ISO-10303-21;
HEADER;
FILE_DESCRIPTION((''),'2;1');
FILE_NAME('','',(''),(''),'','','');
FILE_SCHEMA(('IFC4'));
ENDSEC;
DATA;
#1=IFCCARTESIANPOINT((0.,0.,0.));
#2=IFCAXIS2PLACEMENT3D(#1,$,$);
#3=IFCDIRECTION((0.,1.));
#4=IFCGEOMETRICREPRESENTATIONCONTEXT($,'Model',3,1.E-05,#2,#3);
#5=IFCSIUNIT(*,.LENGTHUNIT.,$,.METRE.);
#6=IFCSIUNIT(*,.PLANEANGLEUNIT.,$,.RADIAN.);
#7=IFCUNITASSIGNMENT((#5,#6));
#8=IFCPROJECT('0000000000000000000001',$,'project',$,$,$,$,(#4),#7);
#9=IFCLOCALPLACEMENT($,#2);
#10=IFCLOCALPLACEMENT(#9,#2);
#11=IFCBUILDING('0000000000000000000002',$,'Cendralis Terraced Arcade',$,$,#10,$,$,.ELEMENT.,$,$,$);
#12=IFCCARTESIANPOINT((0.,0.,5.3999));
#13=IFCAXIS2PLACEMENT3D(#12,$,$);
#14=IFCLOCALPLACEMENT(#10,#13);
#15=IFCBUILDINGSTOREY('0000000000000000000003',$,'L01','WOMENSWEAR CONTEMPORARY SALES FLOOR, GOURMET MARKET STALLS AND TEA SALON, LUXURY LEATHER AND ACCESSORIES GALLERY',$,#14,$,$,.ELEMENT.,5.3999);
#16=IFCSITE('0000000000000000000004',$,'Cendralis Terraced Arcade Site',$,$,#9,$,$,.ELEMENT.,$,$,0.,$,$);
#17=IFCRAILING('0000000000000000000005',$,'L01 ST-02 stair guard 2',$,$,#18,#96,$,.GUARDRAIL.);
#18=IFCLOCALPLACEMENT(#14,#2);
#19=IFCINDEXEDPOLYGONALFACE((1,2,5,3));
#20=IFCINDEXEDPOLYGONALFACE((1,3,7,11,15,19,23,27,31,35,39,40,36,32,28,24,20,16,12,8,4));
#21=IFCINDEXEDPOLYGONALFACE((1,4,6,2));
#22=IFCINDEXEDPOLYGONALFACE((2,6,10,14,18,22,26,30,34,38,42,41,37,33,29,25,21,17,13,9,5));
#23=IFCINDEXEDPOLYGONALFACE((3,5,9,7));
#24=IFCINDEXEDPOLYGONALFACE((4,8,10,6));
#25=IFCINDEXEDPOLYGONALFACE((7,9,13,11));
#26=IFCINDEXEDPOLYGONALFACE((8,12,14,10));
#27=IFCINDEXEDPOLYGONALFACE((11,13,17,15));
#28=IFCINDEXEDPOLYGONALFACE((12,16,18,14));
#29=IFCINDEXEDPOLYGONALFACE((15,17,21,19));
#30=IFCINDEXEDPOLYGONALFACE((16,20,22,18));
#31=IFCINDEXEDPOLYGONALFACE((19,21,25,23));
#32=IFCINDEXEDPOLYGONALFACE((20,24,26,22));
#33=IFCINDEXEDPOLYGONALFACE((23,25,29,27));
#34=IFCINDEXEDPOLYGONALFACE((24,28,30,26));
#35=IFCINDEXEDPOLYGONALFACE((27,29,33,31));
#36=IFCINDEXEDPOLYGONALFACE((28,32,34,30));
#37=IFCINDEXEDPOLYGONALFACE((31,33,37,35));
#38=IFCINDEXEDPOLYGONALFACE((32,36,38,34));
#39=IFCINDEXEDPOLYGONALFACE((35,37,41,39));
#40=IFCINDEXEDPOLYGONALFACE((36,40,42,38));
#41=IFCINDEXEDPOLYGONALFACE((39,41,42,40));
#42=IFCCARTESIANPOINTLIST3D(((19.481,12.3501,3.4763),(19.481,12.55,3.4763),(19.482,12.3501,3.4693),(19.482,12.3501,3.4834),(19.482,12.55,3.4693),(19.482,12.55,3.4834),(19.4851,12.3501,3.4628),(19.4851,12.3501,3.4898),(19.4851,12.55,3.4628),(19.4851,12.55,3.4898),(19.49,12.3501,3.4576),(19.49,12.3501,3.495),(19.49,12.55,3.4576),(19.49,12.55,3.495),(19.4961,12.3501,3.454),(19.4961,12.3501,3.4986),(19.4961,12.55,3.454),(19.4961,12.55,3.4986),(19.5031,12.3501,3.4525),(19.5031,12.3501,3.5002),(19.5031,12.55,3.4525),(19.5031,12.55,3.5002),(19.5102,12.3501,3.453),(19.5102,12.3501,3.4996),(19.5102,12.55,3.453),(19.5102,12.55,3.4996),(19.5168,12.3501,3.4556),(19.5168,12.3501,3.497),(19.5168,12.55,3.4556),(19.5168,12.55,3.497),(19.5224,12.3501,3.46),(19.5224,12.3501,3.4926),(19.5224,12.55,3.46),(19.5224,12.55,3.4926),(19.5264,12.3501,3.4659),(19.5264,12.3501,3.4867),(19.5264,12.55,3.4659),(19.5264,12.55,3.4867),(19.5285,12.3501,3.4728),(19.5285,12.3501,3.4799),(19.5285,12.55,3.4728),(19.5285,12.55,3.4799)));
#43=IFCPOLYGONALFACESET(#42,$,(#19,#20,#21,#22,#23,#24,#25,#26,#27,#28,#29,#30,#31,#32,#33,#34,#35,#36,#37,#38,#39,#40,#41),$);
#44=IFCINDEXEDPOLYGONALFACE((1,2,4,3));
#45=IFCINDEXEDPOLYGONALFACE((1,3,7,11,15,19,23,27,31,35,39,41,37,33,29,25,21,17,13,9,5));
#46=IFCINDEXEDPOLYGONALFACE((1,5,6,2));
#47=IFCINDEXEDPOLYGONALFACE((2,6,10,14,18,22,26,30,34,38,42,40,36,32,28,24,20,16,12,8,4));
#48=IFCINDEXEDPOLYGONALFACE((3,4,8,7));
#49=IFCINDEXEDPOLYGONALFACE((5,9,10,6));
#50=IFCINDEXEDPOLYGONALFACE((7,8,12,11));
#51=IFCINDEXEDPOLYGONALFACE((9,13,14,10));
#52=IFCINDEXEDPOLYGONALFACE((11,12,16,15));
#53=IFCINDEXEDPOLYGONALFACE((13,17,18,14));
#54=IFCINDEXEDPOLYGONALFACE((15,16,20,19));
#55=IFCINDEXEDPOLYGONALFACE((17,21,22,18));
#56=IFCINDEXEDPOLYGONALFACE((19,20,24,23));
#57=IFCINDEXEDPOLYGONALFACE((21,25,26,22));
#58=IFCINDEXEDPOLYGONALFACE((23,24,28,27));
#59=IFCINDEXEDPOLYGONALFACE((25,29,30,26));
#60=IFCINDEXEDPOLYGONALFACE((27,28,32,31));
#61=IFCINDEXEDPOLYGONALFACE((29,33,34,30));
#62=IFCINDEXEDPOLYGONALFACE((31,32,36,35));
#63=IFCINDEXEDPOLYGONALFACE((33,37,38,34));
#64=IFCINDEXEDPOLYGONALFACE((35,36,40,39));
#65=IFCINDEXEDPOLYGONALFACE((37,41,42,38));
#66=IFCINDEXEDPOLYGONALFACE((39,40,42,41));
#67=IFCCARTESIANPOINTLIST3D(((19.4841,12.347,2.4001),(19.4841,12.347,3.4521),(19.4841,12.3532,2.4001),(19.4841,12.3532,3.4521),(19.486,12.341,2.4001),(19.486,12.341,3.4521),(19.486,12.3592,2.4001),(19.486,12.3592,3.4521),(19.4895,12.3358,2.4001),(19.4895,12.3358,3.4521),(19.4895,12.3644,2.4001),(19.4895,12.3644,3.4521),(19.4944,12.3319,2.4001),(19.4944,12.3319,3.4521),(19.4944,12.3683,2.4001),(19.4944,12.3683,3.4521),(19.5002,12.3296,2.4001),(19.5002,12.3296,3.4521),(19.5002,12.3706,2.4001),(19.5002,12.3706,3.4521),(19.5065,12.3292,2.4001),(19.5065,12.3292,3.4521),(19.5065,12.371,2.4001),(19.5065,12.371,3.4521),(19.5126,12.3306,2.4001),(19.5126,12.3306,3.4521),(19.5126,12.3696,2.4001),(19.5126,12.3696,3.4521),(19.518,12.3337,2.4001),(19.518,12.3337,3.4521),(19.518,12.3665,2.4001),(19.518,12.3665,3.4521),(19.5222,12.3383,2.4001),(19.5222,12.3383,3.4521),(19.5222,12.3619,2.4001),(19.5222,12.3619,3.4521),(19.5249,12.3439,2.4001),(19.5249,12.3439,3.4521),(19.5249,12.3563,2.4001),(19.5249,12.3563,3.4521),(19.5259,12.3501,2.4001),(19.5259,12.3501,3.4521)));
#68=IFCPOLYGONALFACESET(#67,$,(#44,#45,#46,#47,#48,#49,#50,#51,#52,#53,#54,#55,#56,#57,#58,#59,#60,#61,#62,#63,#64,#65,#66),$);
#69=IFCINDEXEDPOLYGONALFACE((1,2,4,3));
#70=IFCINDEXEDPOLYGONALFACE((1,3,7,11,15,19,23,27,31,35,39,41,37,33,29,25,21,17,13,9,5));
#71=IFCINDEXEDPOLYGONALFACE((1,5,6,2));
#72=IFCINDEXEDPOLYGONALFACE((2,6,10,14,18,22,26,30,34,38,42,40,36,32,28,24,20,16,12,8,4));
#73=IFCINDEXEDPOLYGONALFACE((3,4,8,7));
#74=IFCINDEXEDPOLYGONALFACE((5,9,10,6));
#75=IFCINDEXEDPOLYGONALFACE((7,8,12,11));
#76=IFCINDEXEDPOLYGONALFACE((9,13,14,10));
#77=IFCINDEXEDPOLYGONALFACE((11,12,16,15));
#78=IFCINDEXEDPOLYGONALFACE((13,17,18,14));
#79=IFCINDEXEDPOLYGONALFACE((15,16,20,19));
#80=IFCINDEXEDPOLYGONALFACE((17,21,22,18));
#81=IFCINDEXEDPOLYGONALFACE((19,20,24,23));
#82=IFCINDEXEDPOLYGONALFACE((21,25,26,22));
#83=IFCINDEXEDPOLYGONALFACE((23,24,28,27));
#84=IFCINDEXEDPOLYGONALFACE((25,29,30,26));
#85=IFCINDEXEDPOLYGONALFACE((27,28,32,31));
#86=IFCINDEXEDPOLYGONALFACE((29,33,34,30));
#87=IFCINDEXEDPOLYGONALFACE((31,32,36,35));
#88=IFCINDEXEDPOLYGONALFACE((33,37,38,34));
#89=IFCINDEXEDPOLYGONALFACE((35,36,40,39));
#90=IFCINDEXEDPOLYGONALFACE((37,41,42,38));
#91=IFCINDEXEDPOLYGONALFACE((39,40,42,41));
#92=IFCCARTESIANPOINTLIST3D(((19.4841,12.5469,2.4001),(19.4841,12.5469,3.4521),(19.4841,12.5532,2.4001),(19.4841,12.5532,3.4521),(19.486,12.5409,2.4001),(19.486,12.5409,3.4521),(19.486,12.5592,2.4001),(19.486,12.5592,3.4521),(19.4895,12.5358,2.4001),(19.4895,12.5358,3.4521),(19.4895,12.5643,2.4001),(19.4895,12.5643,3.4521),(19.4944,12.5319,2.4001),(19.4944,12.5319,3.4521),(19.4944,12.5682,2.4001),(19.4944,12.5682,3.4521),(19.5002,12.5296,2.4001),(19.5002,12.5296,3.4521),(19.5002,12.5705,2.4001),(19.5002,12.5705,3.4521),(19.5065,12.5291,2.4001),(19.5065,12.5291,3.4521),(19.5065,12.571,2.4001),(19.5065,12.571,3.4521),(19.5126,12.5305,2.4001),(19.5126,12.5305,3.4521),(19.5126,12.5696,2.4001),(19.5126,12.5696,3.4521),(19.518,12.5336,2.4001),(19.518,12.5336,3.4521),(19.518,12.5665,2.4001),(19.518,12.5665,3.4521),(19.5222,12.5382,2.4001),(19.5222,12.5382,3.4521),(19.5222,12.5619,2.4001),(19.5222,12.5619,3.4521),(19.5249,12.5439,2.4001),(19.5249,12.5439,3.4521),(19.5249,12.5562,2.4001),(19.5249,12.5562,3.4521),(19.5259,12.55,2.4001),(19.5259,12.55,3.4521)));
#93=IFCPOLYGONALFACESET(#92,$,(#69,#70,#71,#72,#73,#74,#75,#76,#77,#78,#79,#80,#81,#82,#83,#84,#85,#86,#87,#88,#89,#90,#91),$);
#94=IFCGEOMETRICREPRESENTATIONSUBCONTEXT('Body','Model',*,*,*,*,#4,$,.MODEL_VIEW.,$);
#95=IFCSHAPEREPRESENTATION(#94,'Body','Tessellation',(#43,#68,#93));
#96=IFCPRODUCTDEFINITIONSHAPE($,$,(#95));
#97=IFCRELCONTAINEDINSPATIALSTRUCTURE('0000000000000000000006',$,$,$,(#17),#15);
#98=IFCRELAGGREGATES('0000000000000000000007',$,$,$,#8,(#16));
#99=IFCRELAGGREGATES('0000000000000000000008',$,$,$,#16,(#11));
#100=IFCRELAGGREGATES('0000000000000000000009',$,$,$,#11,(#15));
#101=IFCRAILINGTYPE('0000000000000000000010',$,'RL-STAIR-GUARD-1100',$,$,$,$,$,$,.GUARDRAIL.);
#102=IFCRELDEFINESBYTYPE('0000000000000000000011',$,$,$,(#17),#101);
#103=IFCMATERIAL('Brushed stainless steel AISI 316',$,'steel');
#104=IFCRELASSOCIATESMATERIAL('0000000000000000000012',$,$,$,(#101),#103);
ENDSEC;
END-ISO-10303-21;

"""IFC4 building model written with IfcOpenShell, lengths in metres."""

from ifc_helpers import new_model, si_unit, direction, frame, origin, origin_2d, place, context, subcontext, project, spatial, circle, extrude, material, type_object, element, save


model = new_model("IFC4")

# Units and contexts
model_context = context("Model", 3, precision=1e-05, world=origin(), true_north=direction((0.0, 1.0)))
body_context = subcontext(model_context, "Body", "Model", "MODEL_VIEW")
ifc_project = project(units=[si_unit("LENGTHUNIT", "METRE"), si_unit("PLANEANGLEUNIT", "RADIAN")], contexts=[model_context])

# Site, building, storey
site_placement = place(None, origin())
site = spatial("IfcSite", under=ifc_project, at=site_placement, Name="Cendralis Terraced Arcade Site", CompositionType="ELEMENT", RefElevation=0.0)
building_placement = place(site_placement, origin())
building = spatial("IfcBuilding", under=site, at=building_placement, Name="Cendralis Terraced Arcade", CompositionType="ELEMENT")
storey_placement = place(building_placement, frame((0.0, 0.0, 5.3999)))
storey = spatial("IfcBuildingStorey", under=building, at=storey_placement, Name="L01", Description="WOMENSWEAR CONTEMPORARY SALES FLOOR, GOURMET MARKET STALLS AND TEA SALON, LUXURY LEATHER AND ACCESSORIES GALLERY", CompositionType="ELEMENT", Elevation=5.3999)

# Railing
ifc_material_1 = material(Name="Brushed stainless steel AISI 316", Category="steel")
railing_type_1 = type_object("IfcRailingType", Name="RL-STAIR-GUARD-1100", PredefinedType="GUARDRAIL", material=ifc_material_1)
railing_1_placement = place(storey_placement, frame((19.5049, 12.3501, 2.4001)))
element("IfcRailing", 1, at=railing_1_placement, inside=storey, type_object=railing_type_1, Name="L01 ST-02 stair guard 2", PredefinedType="GUARDRAIL", context=body_context, shape_type="SweptSolid", body=[
    extrude(circle(Radius=0.0239, at=origin_2d()), frame((0.0, 0.0, 1.0762), z_axis=(0.0, 1.0, 0.0), x_axis=(-1.0, 0.0, 0.0)), (0.0, 0.0, 1.0), 0.2),
    extrude(circle(Radius=0.021, at=origin_2d()), origin(), (0.0, 0.0, 1.0), 1.052),
    extrude(circle(Radius=0.021, at=origin_2d()), frame((0.0, 0.2, 0.0)), (0.0, 0.0, 1.0), 1.052),
])

save(model, "model.ifc")
